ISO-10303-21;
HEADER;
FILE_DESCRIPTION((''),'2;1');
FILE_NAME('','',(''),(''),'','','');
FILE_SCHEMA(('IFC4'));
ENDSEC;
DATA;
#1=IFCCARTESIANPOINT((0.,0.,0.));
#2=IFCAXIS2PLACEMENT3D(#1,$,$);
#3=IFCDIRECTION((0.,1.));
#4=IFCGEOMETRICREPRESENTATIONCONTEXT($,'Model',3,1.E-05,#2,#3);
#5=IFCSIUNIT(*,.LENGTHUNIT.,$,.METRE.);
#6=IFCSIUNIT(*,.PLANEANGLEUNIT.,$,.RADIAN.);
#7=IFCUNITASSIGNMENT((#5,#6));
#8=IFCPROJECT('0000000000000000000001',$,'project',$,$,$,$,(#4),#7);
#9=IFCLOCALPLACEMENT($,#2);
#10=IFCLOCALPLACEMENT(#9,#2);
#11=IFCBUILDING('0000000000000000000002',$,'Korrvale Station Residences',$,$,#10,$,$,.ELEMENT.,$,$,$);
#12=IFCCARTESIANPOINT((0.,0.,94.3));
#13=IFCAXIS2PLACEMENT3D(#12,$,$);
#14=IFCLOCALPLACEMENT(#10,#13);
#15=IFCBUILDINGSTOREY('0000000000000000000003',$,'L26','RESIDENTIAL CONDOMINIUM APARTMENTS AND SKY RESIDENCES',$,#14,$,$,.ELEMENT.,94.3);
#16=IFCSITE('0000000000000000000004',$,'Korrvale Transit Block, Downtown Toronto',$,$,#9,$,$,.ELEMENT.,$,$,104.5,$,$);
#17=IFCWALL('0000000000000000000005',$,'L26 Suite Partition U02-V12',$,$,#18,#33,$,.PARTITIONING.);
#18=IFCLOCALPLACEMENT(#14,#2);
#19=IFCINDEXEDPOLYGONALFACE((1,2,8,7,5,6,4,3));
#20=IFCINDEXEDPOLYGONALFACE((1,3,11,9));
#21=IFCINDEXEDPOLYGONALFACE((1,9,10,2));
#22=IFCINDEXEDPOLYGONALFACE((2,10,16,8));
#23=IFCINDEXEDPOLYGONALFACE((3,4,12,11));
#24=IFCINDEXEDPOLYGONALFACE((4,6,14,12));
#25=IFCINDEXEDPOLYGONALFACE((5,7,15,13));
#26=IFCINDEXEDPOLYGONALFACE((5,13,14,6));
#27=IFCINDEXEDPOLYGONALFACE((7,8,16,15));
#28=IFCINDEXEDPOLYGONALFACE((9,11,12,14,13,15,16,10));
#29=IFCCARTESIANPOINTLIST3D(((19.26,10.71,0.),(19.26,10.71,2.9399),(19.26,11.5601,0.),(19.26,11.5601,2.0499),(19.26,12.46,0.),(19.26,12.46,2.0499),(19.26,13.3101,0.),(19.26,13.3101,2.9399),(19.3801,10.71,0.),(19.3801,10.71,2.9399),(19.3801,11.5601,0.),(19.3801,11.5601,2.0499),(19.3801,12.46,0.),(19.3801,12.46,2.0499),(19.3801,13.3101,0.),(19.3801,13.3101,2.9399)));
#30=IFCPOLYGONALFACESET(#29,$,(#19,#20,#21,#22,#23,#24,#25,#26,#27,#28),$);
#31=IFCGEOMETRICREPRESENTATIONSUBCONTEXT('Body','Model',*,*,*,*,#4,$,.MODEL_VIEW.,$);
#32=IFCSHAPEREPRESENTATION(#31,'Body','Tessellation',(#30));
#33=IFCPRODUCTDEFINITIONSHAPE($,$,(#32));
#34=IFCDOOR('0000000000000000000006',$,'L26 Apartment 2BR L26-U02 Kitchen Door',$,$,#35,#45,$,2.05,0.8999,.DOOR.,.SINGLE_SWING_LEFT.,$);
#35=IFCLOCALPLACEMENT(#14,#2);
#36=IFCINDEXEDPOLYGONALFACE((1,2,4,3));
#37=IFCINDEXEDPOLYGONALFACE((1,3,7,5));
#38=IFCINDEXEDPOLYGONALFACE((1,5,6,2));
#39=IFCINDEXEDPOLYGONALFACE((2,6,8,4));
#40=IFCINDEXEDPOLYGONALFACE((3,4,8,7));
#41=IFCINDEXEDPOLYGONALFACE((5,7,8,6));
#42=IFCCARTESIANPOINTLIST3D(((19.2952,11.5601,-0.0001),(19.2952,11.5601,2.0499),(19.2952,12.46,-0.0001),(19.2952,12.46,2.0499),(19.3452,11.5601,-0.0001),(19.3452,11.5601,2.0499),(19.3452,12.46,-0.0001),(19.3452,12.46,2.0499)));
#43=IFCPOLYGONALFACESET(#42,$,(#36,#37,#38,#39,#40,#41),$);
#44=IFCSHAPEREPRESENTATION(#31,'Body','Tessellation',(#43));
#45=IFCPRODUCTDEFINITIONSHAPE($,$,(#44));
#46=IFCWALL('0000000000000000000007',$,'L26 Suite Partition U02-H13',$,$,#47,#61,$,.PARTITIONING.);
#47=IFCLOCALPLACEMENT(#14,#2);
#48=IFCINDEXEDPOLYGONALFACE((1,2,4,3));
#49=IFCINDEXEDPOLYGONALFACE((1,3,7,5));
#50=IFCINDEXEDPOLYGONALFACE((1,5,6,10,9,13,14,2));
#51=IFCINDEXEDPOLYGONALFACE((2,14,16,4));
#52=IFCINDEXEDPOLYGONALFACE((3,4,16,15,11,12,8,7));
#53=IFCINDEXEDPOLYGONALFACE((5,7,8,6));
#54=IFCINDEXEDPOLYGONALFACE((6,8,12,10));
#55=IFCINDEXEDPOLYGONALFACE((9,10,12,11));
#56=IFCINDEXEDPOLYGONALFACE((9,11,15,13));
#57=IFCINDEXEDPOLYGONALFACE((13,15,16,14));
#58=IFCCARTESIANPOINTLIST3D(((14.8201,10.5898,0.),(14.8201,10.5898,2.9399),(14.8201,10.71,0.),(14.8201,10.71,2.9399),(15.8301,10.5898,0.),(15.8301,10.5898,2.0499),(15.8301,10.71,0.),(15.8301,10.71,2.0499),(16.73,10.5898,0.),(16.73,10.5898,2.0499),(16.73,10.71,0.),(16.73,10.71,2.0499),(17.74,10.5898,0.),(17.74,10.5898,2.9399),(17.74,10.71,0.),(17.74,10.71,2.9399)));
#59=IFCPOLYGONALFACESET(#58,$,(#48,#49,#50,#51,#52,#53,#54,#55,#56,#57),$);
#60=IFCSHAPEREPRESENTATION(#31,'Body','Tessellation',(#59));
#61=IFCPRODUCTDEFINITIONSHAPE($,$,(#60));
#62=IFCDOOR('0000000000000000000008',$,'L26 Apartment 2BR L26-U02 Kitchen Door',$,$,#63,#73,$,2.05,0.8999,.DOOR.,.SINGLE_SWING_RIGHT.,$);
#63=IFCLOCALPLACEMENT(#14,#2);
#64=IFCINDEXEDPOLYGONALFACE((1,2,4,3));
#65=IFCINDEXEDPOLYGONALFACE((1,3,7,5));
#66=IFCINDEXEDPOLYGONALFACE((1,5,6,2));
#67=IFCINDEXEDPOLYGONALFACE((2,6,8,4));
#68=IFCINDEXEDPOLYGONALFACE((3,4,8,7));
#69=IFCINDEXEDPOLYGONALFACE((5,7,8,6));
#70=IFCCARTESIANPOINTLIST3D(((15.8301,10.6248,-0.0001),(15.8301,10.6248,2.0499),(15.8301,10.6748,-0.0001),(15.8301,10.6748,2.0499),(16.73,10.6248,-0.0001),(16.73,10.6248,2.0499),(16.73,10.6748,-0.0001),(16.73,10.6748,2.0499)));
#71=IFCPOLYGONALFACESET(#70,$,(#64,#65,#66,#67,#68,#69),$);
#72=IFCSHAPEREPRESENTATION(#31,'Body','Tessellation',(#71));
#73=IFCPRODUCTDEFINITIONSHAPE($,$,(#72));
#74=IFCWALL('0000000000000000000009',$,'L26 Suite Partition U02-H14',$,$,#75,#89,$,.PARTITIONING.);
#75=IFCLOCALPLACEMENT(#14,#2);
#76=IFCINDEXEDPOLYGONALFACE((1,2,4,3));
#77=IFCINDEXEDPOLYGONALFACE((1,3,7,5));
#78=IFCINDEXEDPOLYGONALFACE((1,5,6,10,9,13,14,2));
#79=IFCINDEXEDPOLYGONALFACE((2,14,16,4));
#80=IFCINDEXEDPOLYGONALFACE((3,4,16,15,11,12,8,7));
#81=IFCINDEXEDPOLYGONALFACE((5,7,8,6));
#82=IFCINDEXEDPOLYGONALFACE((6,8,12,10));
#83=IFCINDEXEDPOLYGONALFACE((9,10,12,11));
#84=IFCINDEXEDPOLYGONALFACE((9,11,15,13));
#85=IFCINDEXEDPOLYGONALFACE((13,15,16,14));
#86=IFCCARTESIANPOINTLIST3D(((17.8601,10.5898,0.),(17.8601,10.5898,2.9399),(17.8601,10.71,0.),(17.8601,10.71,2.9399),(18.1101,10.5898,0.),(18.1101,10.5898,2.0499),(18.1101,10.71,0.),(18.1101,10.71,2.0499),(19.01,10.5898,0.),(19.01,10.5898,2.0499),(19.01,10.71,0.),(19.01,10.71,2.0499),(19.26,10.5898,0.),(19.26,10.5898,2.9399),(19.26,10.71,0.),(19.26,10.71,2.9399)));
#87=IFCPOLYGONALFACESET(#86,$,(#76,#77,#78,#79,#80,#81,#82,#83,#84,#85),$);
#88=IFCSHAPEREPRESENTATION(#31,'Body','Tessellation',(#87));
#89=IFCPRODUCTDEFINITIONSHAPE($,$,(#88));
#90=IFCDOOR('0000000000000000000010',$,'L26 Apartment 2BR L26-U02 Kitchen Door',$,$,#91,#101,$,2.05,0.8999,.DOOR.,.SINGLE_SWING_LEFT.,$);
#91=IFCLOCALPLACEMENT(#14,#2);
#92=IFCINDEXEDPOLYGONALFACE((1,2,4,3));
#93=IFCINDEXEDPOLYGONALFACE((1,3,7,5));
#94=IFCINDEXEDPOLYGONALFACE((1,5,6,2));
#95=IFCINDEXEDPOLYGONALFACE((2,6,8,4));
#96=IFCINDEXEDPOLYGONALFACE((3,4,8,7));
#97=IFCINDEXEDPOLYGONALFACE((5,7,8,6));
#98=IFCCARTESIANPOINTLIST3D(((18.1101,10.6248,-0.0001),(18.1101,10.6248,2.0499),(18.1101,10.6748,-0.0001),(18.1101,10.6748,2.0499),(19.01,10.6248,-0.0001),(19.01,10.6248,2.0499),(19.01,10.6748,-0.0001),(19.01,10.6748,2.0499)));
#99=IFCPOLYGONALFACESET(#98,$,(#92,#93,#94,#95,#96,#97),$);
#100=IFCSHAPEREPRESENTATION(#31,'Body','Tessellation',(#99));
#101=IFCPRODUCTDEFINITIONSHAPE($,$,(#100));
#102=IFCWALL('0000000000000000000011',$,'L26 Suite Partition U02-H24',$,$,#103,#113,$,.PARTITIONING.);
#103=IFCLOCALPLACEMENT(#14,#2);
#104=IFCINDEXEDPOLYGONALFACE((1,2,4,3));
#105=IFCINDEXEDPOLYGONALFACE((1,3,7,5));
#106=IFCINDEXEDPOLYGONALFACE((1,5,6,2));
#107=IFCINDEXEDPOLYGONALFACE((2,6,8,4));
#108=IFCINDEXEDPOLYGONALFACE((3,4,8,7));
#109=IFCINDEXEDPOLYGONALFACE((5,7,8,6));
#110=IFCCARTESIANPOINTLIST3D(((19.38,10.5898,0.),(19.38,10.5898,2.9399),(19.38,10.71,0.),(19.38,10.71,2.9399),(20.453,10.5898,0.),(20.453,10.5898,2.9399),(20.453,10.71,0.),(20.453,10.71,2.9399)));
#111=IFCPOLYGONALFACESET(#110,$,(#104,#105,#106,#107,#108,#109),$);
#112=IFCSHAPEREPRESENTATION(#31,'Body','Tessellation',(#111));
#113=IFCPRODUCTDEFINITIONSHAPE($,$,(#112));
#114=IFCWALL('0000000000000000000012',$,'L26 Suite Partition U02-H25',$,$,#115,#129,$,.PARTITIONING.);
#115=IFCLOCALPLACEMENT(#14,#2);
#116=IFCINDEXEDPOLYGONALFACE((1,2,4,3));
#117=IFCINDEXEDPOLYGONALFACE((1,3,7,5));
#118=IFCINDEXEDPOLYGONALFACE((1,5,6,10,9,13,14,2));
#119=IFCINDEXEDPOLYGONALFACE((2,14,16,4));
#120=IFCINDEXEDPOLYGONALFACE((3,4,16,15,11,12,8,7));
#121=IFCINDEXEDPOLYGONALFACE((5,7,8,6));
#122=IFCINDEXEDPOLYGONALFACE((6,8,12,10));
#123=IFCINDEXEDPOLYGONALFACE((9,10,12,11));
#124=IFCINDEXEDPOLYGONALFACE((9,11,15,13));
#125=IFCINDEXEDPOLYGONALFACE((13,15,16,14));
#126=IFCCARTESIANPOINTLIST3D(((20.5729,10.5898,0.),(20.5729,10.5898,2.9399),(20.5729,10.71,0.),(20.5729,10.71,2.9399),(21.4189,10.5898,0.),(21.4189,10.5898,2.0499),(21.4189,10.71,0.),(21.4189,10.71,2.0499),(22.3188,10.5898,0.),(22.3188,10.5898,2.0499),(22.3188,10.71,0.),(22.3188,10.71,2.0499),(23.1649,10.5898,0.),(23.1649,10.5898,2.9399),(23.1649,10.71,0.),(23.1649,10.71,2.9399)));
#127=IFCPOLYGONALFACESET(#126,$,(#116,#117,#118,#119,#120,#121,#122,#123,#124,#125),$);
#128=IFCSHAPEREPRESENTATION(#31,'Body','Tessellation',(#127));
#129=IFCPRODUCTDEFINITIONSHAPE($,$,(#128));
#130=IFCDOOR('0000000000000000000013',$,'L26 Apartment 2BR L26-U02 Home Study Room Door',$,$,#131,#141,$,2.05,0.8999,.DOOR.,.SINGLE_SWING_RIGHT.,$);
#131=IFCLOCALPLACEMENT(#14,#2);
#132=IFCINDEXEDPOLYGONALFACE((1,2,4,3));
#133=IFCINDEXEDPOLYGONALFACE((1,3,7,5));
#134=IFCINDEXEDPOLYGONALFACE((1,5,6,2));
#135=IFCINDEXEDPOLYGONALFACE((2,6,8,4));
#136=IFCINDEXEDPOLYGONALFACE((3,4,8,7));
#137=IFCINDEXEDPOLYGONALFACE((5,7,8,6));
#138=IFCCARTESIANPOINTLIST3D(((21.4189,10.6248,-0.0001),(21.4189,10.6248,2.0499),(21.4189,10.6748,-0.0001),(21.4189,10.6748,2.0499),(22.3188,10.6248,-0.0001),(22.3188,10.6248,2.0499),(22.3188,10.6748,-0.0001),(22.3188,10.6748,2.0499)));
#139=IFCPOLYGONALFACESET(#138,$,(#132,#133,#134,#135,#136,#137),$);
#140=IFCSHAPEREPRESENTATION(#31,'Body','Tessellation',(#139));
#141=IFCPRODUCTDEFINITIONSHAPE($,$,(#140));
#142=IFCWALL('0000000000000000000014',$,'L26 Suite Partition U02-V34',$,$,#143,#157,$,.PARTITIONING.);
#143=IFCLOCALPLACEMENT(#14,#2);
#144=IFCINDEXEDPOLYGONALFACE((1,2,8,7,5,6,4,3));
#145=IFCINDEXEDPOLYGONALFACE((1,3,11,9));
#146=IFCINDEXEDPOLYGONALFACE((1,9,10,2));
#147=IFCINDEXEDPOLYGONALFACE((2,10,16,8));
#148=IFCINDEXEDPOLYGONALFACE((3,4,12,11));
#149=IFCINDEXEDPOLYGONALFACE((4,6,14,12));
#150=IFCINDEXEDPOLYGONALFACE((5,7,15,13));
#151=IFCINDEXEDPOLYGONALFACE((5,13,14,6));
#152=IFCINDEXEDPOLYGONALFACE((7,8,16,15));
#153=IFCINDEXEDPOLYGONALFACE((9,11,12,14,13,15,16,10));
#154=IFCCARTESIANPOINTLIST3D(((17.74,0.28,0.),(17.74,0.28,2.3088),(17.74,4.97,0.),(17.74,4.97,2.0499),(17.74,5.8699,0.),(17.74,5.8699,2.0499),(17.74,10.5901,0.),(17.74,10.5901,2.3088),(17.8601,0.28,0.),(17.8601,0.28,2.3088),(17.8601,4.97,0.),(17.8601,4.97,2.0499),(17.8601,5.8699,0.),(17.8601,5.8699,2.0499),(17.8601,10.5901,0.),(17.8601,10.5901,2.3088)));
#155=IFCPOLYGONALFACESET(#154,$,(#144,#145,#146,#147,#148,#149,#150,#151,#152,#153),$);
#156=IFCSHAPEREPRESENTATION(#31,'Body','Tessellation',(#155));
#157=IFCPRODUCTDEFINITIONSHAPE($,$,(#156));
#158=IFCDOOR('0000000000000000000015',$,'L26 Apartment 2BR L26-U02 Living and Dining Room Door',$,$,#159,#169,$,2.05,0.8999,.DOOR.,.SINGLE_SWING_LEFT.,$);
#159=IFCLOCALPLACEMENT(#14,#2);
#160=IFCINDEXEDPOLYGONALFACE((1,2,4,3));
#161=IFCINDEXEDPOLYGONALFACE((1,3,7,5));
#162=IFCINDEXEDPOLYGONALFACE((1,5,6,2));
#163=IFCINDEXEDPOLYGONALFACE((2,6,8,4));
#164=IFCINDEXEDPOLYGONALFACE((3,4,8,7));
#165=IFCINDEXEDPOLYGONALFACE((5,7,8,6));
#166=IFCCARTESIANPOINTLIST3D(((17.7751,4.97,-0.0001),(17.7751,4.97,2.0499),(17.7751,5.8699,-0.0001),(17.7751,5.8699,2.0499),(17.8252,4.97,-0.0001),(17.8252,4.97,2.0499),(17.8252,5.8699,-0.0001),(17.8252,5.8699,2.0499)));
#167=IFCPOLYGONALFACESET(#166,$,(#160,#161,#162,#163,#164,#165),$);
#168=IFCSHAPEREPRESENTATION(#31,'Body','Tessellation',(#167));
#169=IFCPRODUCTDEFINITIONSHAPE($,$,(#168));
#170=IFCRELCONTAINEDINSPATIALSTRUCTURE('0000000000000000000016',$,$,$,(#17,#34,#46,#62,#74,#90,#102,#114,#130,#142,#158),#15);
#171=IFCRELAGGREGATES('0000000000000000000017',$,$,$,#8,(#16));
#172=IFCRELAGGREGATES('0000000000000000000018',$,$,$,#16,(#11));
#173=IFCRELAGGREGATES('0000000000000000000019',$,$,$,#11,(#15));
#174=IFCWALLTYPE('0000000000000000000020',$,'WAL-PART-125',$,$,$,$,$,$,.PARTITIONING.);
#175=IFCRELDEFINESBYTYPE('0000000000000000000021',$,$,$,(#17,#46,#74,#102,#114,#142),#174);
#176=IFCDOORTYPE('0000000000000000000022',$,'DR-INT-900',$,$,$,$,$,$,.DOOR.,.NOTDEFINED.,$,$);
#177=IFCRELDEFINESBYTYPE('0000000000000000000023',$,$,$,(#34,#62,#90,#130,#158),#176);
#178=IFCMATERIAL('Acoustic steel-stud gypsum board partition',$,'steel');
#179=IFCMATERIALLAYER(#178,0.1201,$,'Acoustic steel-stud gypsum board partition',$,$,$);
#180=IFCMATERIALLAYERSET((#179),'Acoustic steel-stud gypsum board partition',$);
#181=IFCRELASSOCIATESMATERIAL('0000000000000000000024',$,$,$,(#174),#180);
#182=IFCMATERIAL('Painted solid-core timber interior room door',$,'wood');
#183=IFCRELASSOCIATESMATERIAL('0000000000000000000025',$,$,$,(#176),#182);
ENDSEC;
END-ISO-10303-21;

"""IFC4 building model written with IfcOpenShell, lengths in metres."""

from ifc_helpers import new_model, si_unit, direction, frame, frame_2d, origin, place, context, subcontext, project, spatial, rectangle, extrude, material, layer, layer_set, type_object, element, fill, save


model = new_model("IFC4")

# Units and contexts
model_context = context("Model", 3, precision=1e-05, world=origin(), true_north=direction((0.0, 1.0)))
body_context = subcontext(model_context, "Body", "Model", "MODEL_VIEW")
ifc_project = project(units=[si_unit("LENGTHUNIT", "METRE"), si_unit("PLANEANGLEUNIT", "RADIAN")], contexts=[model_context])

# Site, building, storey
site_placement = place(None, origin())
site = spatial("IfcSite", under=ifc_project, at=site_placement, Name="Korrvale Transit Block, Downtown Toronto", CompositionType="ELEMENT", RefElevation=104.5)
building_placement = place(site_placement, origin())
building = spatial("IfcBuilding", under=site, at=building_placement, Name="Korrvale Station Residences", CompositionType="ELEMENT")
storey_placement = place(building_placement, frame((0.0, 0.0, 94.3)))
storey = spatial("IfcBuildingStorey", under=building, at=storey_placement, Name="L26", Description="RESIDENTIAL CONDOMINIUM APARTMENTS AND SKY RESIDENCES", CompositionType="ELEMENT", Elevation=94.3)

# Walls, openings, doors
ifc_material_1 = material(Name="Acoustic steel-stud gypsum board partition", Category="steel")
ifc_layer_1 = layer(ifc_material_1, 0.1201, Name="Acoustic steel-stud gypsum board partition")
ifc_layer_set_1 = layer_set([ifc_layer_1], Name="Acoustic steel-stud gypsum board partition")
wall_type_1 = type_object("IfcWallType", Name="WAL-PART-125", PredefinedType="PARTITIONING", material=ifc_layer_set_1)
wall_1_placement = place(storey_placement, frame((19.3201, 10.71, 0.0), z_axis=(0.0, 0.0, 1.0), x_axis=(0.0, 1.0, 0.0)))
wall_1 = element("IfcWall", 1, at=wall_1_placement, inside=storey, type_object=wall_type_1, Name="L26 Suite Partition U02-V12", PredefinedType="PARTITIONING", context=body_context, shape_type="SweptSolid", body=[
    extrude(rectangle(XDim=2.6001, YDim=0.1201, at=frame_2d((1.3, 0.0))), origin(), (0.0, 0.0, 1.0), 2.9399),
])
opening_1_placement = place(wall_1_placement, frame((0.8501, 0.0, 0.0)))
opening_1 = element("IfcOpeningElement", 2, at=opening_1_placement, cuts=wall_1, PredefinedType="OPENING", context=body_context, shape_type="SweptSolid", body=[
    extrude(rectangle(XDim=0.8999, YDim=2.05, at=frame_2d((0.45, 1.0249))), frame((0.0, 0.0701, 0.0), z_axis=(0.0, -1.0, 0.0), x_axis=(1.0, 0.0, 0.0)), (0.0, 0.0, 1.0), 0.1401),
])
ifc_material_2 = material(Name="Painted solid-core timber interior room door", Category="wood")
door_type_1 = type_object("IfcDoorType", Name="DR-INT-900", OperationType="NOTDEFINED", PredefinedType="DOOR", material=ifc_material_2)
door_1_placement = place(opening_1_placement, origin())
door_1 = element("IfcDoor", 3, at=door_1_placement, inside=storey, type_object=door_type_1, Name="L26 Apartment 2BR L26-U02 Kitchen Door", OperationType="SINGLE_SWING_LEFT", OverallHeight=2.05, OverallWidth=0.8999, PredefinedType="DOOR", context=body_context, shape_type="SweptSolid", body=[
    extrude(rectangle(XDim=0.8999, YDim=2.05, at=frame_2d((0.45, 1.0249))), frame((0.0, 0.0249, 0.0), z_axis=(0.0, -1.0, 0.0), x_axis=(1.0, 0.0, 0.0)), (0.0, 0.0, 1.0), 0.05),
])
fill(opening_1, door_1)
wall_2_placement = place(storey_placement, frame((14.8201, 10.6499, 0.0), z_axis=(0.0, 0.0, 1.0), x_axis=(1.0, 0.0, 0.0)))
wall_2 = element("IfcWall", 4, at=wall_2_placement, inside=storey, type_object=wall_type_1, Name="L26 Suite Partition U02-H13", PredefinedType="PARTITIONING", context=body_context, shape_type="SweptSolid", body=[
    extrude(rectangle(XDim=2.9199, YDim=0.1201, at=frame_2d((1.46, 0.0))), origin(), (0.0, 0.0, 1.0), 2.9399),
])
opening_2_placement = place(wall_2_placement, frame((1.01, 0.0, 0.0)))
opening_2 = element("IfcOpeningElement", 5, at=opening_2_placement, cuts=wall_2, PredefinedType="OPENING", context=body_context, shape_type="SweptSolid", body=[
    extrude(rectangle(XDim=0.8999, YDim=2.05, at=frame_2d((0.45, 1.0249))), frame((0.0, 0.0701, 0.0), z_axis=(0.0, -1.0, 0.0), x_axis=(1.0, 0.0, 0.0)), (0.0, 0.0, 1.0), 0.1401),
])
door_2_placement = place(opening_2_placement, origin())
door_2 = element("IfcDoor", 6, at=door_2_placement, inside=storey, type_object=door_type_1, Name="L26 Apartment 2BR L26-U02 Kitchen Door", OperationType="SINGLE_SWING_RIGHT", OverallHeight=2.05, OverallWidth=0.8999, PredefinedType="DOOR", context=body_context, shape_type="SweptSolid", body=[
    extrude(rectangle(XDim=0.8999, YDim=2.05, at=frame_2d((0.45, 1.0249))), frame((0.0, 0.0249, 0.0), z_axis=(0.0, -1.0, 0.0), x_axis=(1.0, 0.0, 0.0)), (0.0, 0.0, 1.0), 0.05),
])
fill(opening_2, door_2)
wall_3_placement = place(storey_placement, frame((17.8601, 10.6499, 0.0), z_axis=(0.0, 0.0, 1.0), x_axis=(1.0, 0.0, 0.0)))
wall_3 = element("IfcWall", 7, at=wall_3_placement, inside=storey, type_object=wall_type_1, Name="L26 Suite Partition U02-H14", PredefinedType="PARTITIONING", context=body_context, shape_type="SweptSolid", body=[
    extrude(rectangle(XDim=1.3999, YDim=0.1201, at=frame_2d((0.7, 0.0))), origin(), (0.0, 0.0, 1.0), 2.9399),
])
opening_3_placement = place(wall_3_placement, frame((0.25, 0.0, 0.0)))
opening_3 = element("IfcOpeningElement", 8, at=opening_3_placement, cuts=wall_3, PredefinedType="OPENING", context=body_context, shape_type="SweptSolid", body=[
    extrude(rectangle(XDim=0.8999, YDim=2.05, at=frame_2d((0.45, 1.0249))), frame((0.0, 0.0701, 0.0), z_axis=(0.0, -1.0, 0.0), x_axis=(1.0, 0.0, 0.0)), (0.0, 0.0, 1.0), 0.1401),
])
door_3_placement = place(opening_3_placement, origin())
door_3 = element("IfcDoor", 9, at=door_3_placement, inside=storey, type_object=door_type_1, Name="L26 Apartment 2BR L26-U02 Kitchen Door", OperationType="SINGLE_SWING_LEFT", OverallHeight=2.05, OverallWidth=0.8999, PredefinedType="DOOR", context=body_context, shape_type="SweptSolid", body=[
    extrude(rectangle(XDim=0.8999, YDim=2.05, at=frame_2d((0.45, 1.0249))), frame((0.0, 0.0249, 0.0), z_axis=(0.0, -1.0, 0.0), x_axis=(1.0, 0.0, 0.0)), (0.0, 0.0, 1.0), 0.05),
])
fill(opening_3, door_3)

# Wall
wall_4_placement = place(storey_placement, frame((19.3799, 10.6499, 0.0), z_axis=(0.0, 0.0, 1.0), x_axis=(1.0, 0.0, 0.0)))
element("IfcWall", 10, at=wall_4_placement, inside=storey, type_object=wall_type_1, Name="L26 Suite Partition U02-H24", PredefinedType="PARTITIONING", context=body_context, shape_type="SweptSolid", body=[
    extrude(rectangle(XDim=1.073, YDim=0.1201, at=frame_2d((0.5366, 0.0))), origin(), (0.0, 0.0, 1.0), 2.9399),
])

# Walls, openings, doors
wall_5_placement = place(storey_placement, frame((20.573, 10.6499, 0.0), z_axis=(0.0, 0.0, 1.0), x_axis=(1.0, 0.0, 0.0)))
wall_5 = element("IfcWall", 11, at=wall_5_placement, inside=storey, type_object=wall_type_1, Name="L26 Suite Partition U02-H25", PredefinedType="PARTITIONING", context=body_context, shape_type="SweptSolid", body=[
    extrude(rectangle(XDim=2.592, YDim=0.1201, at=frame_2d((1.2959, 0.0))), origin(), (0.0, 0.0, 1.0), 2.9399),
])
opening_4_placement = place(wall_5_placement, frame((0.8459, 0.0, 0.0)))
opening_4 = element("IfcOpeningElement", 12, at=opening_4_placement, cuts=wall_5, PredefinedType="OPENING", context=body_context, shape_type="SweptSolid", body=[
    extrude(rectangle(XDim=0.8999, YDim=2.05, at=frame_2d((0.45, 1.0249))), frame((0.0, 0.0701, 0.0), z_axis=(0.0, -1.0, 0.0), x_axis=(1.0, 0.0, 0.0)), (0.0, 0.0, 1.0), 0.1401),
])
door_4_placement = place(opening_4_placement, origin())
door_4 = element("IfcDoor", 13, at=door_4_placement, inside=storey, type_object=door_type_1, Name="L26 Apartment 2BR L26-U02 Home Study Room Door", OperationType="SINGLE_SWING_RIGHT", OverallHeight=2.05, OverallWidth=0.8999, PredefinedType="DOOR", context=body_context, shape_type="SweptSolid", body=[
    extrude(rectangle(XDim=0.8999, YDim=2.05, at=frame_2d((0.45, 1.0249))), frame((0.0, 0.0249, 0.0), z_axis=(0.0, -1.0, 0.0), x_axis=(1.0, 0.0, 0.0)), (0.0, 0.0, 1.0), 0.05),
])
fill(opening_4, door_4)
wall_6_placement = place(storey_placement, frame((17.8, 0.28, 0.0), z_axis=(0.0, 0.0, 1.0), x_axis=(0.0, 1.0, 0.0)))
wall_6 = element("IfcWall", 14, at=wall_6_placement, inside=storey, type_object=wall_type_1, Name="L26 Suite Partition U02-V34", PredefinedType="PARTITIONING", context=body_context, shape_type="SweptSolid", body=[
    extrude(rectangle(XDim=10.3101, YDim=0.1201, at=frame_2d((5.155, 0.0))), origin(), (0.0, 0.0, 1.0), 2.3088),
])
opening_5_placement = place(wall_6_placement, frame((4.6899, 0.0, 0.0)))
opening_5 = element("IfcOpeningElement", 15, at=opening_5_placement, cuts=wall_6, PredefinedType="OPENING", context=body_context, shape_type="SweptSolid", body=[
    extrude(rectangle(XDim=0.8999, YDim=2.05, at=frame_2d((0.45, 1.0249))), frame((0.0, 0.0701, 0.0), z_axis=(0.0, -1.0, 0.0), x_axis=(1.0, 0.0, 0.0)), (0.0, 0.0, 1.0), 0.1401),
])
door_5_placement = place(opening_5_placement, origin())
door_5 = element("IfcDoor", 16, at=door_5_placement, inside=storey, type_object=door_type_1, Name="L26 Apartment 2BR L26-U02 Living and Dining Room Door", OperationType="SINGLE_SWING_LEFT", OverallHeight=2.05, OverallWidth=0.8999, PredefinedType="DOOR", context=body_context, shape_type="SweptSolid", body=[
    extrude(rectangle(XDim=0.8999, YDim=2.05, at=frame_2d((0.45, 1.0249))), frame((0.0, 0.0249, 0.0), z_axis=(0.0, -1.0, 0.0), x_axis=(1.0, 0.0, 0.0)), (0.0, 0.0, 1.0), 0.05),
])
fill(opening_5, door_5)

save(model, "model.ifc")
